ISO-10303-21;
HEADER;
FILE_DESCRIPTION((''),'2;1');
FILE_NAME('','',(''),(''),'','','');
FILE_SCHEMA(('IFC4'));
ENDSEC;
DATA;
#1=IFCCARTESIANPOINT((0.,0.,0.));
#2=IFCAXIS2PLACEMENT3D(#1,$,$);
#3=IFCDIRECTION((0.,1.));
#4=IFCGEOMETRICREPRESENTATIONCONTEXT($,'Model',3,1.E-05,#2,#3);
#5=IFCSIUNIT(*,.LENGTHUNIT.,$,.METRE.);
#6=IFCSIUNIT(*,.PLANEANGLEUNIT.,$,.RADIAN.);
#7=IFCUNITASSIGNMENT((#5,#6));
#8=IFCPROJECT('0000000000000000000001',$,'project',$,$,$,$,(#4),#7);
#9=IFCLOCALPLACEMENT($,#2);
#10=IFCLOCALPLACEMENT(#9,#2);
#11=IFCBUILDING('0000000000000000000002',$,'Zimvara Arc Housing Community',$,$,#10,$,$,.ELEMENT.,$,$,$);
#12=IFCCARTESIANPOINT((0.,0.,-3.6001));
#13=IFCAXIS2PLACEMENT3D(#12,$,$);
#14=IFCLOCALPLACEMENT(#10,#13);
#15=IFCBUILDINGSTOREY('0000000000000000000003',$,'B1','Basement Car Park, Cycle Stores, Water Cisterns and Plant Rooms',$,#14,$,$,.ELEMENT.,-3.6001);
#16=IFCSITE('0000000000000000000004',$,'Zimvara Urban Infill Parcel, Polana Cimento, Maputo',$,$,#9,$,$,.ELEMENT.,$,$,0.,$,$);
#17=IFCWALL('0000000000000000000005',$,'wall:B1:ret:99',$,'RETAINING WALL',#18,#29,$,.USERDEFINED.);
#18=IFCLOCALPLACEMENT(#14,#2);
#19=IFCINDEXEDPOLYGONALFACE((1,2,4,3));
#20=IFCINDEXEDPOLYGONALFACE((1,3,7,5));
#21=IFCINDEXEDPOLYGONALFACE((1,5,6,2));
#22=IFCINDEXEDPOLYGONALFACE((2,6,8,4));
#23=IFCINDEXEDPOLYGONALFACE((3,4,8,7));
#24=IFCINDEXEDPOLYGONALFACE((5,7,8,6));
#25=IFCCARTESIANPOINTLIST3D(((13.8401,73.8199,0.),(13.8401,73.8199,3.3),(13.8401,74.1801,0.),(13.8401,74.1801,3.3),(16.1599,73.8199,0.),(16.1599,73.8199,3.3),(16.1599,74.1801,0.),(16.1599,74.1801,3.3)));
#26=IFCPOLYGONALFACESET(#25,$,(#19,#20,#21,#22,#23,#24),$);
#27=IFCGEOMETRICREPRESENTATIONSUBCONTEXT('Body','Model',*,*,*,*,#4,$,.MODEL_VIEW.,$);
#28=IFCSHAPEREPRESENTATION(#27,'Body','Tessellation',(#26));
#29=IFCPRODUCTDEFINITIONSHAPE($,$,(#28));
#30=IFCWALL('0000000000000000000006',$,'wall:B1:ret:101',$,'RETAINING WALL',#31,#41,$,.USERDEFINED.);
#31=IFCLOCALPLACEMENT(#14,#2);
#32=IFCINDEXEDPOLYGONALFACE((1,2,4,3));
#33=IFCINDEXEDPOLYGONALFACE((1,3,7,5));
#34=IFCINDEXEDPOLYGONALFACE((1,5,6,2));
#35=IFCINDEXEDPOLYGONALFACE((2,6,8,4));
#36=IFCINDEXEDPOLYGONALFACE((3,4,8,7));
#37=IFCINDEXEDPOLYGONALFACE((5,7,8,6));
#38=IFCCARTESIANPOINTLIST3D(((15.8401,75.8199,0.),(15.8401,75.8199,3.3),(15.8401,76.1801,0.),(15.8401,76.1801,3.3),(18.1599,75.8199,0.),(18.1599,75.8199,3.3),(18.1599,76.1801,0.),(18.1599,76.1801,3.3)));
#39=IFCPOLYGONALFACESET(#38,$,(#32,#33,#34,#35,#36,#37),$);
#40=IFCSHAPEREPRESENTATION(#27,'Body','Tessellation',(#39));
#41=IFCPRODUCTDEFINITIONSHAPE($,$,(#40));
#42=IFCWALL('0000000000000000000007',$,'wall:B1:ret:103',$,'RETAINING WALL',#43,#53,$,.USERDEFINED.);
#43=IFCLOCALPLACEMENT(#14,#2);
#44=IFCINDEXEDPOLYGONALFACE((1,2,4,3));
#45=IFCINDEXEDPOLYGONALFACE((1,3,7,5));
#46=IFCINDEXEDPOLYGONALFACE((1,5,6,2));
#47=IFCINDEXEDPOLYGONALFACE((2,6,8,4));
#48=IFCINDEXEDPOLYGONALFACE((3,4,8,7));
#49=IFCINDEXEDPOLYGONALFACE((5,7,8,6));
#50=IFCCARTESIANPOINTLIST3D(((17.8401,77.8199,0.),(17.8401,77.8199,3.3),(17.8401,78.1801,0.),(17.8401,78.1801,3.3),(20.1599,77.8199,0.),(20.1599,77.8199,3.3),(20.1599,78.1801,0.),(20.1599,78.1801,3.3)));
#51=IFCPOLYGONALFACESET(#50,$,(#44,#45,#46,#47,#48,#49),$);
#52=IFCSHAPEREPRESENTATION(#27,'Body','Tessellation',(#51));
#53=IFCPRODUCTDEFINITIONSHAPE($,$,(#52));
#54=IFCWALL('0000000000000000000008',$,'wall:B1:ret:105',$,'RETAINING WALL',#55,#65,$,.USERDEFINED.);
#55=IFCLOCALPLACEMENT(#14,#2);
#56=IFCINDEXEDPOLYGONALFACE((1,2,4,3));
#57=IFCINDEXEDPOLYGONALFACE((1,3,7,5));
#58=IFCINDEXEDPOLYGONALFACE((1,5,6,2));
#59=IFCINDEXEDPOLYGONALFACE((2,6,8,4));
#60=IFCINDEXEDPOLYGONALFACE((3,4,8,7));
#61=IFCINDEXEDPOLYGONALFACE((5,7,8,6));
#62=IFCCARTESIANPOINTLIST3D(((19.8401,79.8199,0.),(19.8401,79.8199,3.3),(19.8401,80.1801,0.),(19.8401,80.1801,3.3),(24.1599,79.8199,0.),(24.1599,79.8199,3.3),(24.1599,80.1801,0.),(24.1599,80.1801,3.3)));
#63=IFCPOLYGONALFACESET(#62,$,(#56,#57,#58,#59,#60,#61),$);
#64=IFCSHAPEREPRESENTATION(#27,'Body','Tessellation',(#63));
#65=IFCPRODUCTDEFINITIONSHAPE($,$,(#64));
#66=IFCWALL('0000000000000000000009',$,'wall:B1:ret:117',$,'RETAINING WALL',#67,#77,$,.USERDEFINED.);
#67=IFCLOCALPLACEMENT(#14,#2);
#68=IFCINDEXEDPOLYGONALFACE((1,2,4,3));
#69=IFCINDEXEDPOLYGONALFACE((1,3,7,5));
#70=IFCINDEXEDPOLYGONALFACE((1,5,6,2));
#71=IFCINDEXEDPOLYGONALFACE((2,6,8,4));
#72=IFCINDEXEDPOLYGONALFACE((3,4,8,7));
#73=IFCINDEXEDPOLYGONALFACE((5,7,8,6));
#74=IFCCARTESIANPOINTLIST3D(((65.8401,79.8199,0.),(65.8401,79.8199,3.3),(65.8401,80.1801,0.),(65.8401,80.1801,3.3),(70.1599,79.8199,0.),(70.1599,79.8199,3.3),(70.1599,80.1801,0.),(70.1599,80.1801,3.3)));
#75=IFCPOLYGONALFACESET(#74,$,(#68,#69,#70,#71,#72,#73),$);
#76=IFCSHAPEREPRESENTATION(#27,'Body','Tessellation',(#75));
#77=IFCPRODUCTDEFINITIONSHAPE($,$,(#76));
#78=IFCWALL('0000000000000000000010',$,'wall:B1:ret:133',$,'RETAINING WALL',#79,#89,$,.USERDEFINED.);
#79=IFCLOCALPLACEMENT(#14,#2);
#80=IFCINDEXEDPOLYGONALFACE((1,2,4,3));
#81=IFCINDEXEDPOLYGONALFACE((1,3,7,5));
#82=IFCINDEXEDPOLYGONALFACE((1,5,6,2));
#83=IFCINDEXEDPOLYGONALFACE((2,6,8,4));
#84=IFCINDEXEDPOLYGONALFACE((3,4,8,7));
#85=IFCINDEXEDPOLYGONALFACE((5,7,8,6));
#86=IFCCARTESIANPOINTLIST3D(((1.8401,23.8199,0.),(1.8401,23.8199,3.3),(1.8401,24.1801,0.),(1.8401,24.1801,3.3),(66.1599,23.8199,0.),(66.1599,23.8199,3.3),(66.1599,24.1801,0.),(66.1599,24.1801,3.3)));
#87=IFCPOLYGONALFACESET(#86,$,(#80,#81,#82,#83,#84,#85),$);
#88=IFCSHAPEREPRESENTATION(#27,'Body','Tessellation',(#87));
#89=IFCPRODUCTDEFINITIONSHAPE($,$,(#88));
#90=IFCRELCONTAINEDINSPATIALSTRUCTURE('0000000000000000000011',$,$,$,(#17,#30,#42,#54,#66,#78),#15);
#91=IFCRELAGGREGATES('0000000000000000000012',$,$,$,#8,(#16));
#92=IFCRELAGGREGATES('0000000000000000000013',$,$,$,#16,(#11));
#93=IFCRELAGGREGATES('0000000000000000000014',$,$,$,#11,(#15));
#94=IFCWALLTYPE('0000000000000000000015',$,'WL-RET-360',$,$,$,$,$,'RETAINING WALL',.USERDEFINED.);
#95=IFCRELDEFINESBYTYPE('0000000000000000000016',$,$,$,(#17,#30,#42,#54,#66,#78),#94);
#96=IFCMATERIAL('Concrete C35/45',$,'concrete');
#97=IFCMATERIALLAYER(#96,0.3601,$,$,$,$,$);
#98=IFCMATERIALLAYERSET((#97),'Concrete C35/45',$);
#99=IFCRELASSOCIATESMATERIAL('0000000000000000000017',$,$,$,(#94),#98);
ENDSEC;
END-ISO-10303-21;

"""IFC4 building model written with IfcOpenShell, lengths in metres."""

from ifc_helpers import new_model, si_unit, direction, frame, frame_2d, origin, place, context, subcontext, project, spatial, rectangle, extrude, material, layer, layer_set, type_object, element, save


model = new_model("IFC4")

# Units and contexts
model_context = context("Model", 3, precision=1e-05, world=origin(), true_north=direction((0.0, 1.0)))
body_context = subcontext(model_context, "Body", "Model", "MODEL_VIEW")
ifc_project = project(units=[si_unit("LENGTHUNIT", "METRE"), si_unit("PLANEANGLEUNIT", "RADIAN")], contexts=[model_context])

# Site, building, storey
site_placement = place(None, origin())
site = spatial("IfcSite", under=ifc_project, at=site_placement, Name="Zimvara Urban Infill Parcel, Polana Cimento, Maputo", CompositionType="ELEMENT", RefElevation=0.0)
building_placement = place(site_placement, origin())
building = spatial("IfcBuilding", under=site, at=building_placement, Name="Zimvara Arc Housing Community", CompositionType="ELEMENT")
storey_placement = place(building_placement, frame((0.0, 0.0, -3.6001)))
storey = spatial("IfcBuildingStorey", under=building, at=storey_placement, Name="B1", Description="Basement Car Park, Cycle Stores, Water Cisterns and Plant Rooms", CompositionType="ELEMENT", Elevation=-3.6001)

# Walls
ifc_material_1 = material(Name="Concrete C35/45", Category="concrete")
ifc_layer_1 = layer(ifc_material_1, 0.3601)
ifc_layer_set_1 = layer_set([ifc_layer_1], Name="Concrete C35/45")
wall_type_1 = type_object("IfcWallType", Name="WL-RET-360", ElementType="RETAINING WALL", PredefinedType="USERDEFINED", material=ifc_layer_set_1)
for number, where, z_axis, x_axis, name in (
    (1, (13.8401, 74.0, 0.0), (0.0, 0.0, 1.0), (1.0, 0.0, 0.0), "wall:B1:ret:99"),
    (2, (15.8401, 76.0, 0.0), (0.0, 0.0, 1.0), (1.0, 0.0, 0.0), "wall:B1:ret:101"),
    (3, (17.8401, 78.0, 0.0), (0.0, 0.0, 1.0), (1.0, 0.0, 0.0), "wall:B1:ret:103"),
):
    element("IfcWall", number, at=place(storey_placement, frame(where, z_axis=z_axis, x_axis=x_axis)), inside=storey, type_object=wall_type_1, Name=name, ObjectType="RETAINING WALL", PredefinedType="USERDEFINED", context=body_context, shape_type="SweptSolid", body=[
        extrude(rectangle(XDim=2.3198, YDim=0.3601, at=frame_2d((1.1599, 0.0))), origin(), (0.0, 0.0, 1.0), 3.3),
    ])
for number, where, z_axis, x_axis, name in (
    (4, (19.8401, 80.0, 0.0), (0.0, 0.0, 1.0), (1.0, 0.0, 0.0), "wall:B1:ret:105"),
    (5, (65.8401, 80.0, 0.0), (0.0, 0.0, 1.0), (1.0, 0.0, 0.0), "wall:B1:ret:117"),
):
    element("IfcWall", number, at=place(storey_placement, frame(where, z_axis=z_axis, x_axis=x_axis)), inside=storey, type_object=wall_type_1, Name=name, ObjectType="RETAINING WALL", PredefinedType="USERDEFINED", context=body_context, shape_type="SweptSolid", body=[
        extrude(rectangle(XDim=4.3198, YDim=0.3601, at=frame_2d((2.1599, 0.0))), origin(), (0.0, 0.0, 1.0), 3.3),
    ])
wall_1_placement = place(storey_placement, frame((66.1599, 24.0, 0.0), z_axis=(0.0, 0.0, 1.0), x_axis=(-1.0, 0.0, 0.0)))
element("IfcWall", 6, at=wall_1_placement, inside=storey, type_object=wall_type_1, Name="wall:B1:ret:133", ObjectType="RETAINING WALL", PredefinedType="USERDEFINED", context=body_context, shape_type="SweptSolid", body=[
    extrude(rectangle(XDim=64.3198, YDim=0.3601, at=frame_2d((32.1599, 0.0))), origin(), (0.0, 0.0, 1.0), 3.3),
])

save(model, "model.ifc")
